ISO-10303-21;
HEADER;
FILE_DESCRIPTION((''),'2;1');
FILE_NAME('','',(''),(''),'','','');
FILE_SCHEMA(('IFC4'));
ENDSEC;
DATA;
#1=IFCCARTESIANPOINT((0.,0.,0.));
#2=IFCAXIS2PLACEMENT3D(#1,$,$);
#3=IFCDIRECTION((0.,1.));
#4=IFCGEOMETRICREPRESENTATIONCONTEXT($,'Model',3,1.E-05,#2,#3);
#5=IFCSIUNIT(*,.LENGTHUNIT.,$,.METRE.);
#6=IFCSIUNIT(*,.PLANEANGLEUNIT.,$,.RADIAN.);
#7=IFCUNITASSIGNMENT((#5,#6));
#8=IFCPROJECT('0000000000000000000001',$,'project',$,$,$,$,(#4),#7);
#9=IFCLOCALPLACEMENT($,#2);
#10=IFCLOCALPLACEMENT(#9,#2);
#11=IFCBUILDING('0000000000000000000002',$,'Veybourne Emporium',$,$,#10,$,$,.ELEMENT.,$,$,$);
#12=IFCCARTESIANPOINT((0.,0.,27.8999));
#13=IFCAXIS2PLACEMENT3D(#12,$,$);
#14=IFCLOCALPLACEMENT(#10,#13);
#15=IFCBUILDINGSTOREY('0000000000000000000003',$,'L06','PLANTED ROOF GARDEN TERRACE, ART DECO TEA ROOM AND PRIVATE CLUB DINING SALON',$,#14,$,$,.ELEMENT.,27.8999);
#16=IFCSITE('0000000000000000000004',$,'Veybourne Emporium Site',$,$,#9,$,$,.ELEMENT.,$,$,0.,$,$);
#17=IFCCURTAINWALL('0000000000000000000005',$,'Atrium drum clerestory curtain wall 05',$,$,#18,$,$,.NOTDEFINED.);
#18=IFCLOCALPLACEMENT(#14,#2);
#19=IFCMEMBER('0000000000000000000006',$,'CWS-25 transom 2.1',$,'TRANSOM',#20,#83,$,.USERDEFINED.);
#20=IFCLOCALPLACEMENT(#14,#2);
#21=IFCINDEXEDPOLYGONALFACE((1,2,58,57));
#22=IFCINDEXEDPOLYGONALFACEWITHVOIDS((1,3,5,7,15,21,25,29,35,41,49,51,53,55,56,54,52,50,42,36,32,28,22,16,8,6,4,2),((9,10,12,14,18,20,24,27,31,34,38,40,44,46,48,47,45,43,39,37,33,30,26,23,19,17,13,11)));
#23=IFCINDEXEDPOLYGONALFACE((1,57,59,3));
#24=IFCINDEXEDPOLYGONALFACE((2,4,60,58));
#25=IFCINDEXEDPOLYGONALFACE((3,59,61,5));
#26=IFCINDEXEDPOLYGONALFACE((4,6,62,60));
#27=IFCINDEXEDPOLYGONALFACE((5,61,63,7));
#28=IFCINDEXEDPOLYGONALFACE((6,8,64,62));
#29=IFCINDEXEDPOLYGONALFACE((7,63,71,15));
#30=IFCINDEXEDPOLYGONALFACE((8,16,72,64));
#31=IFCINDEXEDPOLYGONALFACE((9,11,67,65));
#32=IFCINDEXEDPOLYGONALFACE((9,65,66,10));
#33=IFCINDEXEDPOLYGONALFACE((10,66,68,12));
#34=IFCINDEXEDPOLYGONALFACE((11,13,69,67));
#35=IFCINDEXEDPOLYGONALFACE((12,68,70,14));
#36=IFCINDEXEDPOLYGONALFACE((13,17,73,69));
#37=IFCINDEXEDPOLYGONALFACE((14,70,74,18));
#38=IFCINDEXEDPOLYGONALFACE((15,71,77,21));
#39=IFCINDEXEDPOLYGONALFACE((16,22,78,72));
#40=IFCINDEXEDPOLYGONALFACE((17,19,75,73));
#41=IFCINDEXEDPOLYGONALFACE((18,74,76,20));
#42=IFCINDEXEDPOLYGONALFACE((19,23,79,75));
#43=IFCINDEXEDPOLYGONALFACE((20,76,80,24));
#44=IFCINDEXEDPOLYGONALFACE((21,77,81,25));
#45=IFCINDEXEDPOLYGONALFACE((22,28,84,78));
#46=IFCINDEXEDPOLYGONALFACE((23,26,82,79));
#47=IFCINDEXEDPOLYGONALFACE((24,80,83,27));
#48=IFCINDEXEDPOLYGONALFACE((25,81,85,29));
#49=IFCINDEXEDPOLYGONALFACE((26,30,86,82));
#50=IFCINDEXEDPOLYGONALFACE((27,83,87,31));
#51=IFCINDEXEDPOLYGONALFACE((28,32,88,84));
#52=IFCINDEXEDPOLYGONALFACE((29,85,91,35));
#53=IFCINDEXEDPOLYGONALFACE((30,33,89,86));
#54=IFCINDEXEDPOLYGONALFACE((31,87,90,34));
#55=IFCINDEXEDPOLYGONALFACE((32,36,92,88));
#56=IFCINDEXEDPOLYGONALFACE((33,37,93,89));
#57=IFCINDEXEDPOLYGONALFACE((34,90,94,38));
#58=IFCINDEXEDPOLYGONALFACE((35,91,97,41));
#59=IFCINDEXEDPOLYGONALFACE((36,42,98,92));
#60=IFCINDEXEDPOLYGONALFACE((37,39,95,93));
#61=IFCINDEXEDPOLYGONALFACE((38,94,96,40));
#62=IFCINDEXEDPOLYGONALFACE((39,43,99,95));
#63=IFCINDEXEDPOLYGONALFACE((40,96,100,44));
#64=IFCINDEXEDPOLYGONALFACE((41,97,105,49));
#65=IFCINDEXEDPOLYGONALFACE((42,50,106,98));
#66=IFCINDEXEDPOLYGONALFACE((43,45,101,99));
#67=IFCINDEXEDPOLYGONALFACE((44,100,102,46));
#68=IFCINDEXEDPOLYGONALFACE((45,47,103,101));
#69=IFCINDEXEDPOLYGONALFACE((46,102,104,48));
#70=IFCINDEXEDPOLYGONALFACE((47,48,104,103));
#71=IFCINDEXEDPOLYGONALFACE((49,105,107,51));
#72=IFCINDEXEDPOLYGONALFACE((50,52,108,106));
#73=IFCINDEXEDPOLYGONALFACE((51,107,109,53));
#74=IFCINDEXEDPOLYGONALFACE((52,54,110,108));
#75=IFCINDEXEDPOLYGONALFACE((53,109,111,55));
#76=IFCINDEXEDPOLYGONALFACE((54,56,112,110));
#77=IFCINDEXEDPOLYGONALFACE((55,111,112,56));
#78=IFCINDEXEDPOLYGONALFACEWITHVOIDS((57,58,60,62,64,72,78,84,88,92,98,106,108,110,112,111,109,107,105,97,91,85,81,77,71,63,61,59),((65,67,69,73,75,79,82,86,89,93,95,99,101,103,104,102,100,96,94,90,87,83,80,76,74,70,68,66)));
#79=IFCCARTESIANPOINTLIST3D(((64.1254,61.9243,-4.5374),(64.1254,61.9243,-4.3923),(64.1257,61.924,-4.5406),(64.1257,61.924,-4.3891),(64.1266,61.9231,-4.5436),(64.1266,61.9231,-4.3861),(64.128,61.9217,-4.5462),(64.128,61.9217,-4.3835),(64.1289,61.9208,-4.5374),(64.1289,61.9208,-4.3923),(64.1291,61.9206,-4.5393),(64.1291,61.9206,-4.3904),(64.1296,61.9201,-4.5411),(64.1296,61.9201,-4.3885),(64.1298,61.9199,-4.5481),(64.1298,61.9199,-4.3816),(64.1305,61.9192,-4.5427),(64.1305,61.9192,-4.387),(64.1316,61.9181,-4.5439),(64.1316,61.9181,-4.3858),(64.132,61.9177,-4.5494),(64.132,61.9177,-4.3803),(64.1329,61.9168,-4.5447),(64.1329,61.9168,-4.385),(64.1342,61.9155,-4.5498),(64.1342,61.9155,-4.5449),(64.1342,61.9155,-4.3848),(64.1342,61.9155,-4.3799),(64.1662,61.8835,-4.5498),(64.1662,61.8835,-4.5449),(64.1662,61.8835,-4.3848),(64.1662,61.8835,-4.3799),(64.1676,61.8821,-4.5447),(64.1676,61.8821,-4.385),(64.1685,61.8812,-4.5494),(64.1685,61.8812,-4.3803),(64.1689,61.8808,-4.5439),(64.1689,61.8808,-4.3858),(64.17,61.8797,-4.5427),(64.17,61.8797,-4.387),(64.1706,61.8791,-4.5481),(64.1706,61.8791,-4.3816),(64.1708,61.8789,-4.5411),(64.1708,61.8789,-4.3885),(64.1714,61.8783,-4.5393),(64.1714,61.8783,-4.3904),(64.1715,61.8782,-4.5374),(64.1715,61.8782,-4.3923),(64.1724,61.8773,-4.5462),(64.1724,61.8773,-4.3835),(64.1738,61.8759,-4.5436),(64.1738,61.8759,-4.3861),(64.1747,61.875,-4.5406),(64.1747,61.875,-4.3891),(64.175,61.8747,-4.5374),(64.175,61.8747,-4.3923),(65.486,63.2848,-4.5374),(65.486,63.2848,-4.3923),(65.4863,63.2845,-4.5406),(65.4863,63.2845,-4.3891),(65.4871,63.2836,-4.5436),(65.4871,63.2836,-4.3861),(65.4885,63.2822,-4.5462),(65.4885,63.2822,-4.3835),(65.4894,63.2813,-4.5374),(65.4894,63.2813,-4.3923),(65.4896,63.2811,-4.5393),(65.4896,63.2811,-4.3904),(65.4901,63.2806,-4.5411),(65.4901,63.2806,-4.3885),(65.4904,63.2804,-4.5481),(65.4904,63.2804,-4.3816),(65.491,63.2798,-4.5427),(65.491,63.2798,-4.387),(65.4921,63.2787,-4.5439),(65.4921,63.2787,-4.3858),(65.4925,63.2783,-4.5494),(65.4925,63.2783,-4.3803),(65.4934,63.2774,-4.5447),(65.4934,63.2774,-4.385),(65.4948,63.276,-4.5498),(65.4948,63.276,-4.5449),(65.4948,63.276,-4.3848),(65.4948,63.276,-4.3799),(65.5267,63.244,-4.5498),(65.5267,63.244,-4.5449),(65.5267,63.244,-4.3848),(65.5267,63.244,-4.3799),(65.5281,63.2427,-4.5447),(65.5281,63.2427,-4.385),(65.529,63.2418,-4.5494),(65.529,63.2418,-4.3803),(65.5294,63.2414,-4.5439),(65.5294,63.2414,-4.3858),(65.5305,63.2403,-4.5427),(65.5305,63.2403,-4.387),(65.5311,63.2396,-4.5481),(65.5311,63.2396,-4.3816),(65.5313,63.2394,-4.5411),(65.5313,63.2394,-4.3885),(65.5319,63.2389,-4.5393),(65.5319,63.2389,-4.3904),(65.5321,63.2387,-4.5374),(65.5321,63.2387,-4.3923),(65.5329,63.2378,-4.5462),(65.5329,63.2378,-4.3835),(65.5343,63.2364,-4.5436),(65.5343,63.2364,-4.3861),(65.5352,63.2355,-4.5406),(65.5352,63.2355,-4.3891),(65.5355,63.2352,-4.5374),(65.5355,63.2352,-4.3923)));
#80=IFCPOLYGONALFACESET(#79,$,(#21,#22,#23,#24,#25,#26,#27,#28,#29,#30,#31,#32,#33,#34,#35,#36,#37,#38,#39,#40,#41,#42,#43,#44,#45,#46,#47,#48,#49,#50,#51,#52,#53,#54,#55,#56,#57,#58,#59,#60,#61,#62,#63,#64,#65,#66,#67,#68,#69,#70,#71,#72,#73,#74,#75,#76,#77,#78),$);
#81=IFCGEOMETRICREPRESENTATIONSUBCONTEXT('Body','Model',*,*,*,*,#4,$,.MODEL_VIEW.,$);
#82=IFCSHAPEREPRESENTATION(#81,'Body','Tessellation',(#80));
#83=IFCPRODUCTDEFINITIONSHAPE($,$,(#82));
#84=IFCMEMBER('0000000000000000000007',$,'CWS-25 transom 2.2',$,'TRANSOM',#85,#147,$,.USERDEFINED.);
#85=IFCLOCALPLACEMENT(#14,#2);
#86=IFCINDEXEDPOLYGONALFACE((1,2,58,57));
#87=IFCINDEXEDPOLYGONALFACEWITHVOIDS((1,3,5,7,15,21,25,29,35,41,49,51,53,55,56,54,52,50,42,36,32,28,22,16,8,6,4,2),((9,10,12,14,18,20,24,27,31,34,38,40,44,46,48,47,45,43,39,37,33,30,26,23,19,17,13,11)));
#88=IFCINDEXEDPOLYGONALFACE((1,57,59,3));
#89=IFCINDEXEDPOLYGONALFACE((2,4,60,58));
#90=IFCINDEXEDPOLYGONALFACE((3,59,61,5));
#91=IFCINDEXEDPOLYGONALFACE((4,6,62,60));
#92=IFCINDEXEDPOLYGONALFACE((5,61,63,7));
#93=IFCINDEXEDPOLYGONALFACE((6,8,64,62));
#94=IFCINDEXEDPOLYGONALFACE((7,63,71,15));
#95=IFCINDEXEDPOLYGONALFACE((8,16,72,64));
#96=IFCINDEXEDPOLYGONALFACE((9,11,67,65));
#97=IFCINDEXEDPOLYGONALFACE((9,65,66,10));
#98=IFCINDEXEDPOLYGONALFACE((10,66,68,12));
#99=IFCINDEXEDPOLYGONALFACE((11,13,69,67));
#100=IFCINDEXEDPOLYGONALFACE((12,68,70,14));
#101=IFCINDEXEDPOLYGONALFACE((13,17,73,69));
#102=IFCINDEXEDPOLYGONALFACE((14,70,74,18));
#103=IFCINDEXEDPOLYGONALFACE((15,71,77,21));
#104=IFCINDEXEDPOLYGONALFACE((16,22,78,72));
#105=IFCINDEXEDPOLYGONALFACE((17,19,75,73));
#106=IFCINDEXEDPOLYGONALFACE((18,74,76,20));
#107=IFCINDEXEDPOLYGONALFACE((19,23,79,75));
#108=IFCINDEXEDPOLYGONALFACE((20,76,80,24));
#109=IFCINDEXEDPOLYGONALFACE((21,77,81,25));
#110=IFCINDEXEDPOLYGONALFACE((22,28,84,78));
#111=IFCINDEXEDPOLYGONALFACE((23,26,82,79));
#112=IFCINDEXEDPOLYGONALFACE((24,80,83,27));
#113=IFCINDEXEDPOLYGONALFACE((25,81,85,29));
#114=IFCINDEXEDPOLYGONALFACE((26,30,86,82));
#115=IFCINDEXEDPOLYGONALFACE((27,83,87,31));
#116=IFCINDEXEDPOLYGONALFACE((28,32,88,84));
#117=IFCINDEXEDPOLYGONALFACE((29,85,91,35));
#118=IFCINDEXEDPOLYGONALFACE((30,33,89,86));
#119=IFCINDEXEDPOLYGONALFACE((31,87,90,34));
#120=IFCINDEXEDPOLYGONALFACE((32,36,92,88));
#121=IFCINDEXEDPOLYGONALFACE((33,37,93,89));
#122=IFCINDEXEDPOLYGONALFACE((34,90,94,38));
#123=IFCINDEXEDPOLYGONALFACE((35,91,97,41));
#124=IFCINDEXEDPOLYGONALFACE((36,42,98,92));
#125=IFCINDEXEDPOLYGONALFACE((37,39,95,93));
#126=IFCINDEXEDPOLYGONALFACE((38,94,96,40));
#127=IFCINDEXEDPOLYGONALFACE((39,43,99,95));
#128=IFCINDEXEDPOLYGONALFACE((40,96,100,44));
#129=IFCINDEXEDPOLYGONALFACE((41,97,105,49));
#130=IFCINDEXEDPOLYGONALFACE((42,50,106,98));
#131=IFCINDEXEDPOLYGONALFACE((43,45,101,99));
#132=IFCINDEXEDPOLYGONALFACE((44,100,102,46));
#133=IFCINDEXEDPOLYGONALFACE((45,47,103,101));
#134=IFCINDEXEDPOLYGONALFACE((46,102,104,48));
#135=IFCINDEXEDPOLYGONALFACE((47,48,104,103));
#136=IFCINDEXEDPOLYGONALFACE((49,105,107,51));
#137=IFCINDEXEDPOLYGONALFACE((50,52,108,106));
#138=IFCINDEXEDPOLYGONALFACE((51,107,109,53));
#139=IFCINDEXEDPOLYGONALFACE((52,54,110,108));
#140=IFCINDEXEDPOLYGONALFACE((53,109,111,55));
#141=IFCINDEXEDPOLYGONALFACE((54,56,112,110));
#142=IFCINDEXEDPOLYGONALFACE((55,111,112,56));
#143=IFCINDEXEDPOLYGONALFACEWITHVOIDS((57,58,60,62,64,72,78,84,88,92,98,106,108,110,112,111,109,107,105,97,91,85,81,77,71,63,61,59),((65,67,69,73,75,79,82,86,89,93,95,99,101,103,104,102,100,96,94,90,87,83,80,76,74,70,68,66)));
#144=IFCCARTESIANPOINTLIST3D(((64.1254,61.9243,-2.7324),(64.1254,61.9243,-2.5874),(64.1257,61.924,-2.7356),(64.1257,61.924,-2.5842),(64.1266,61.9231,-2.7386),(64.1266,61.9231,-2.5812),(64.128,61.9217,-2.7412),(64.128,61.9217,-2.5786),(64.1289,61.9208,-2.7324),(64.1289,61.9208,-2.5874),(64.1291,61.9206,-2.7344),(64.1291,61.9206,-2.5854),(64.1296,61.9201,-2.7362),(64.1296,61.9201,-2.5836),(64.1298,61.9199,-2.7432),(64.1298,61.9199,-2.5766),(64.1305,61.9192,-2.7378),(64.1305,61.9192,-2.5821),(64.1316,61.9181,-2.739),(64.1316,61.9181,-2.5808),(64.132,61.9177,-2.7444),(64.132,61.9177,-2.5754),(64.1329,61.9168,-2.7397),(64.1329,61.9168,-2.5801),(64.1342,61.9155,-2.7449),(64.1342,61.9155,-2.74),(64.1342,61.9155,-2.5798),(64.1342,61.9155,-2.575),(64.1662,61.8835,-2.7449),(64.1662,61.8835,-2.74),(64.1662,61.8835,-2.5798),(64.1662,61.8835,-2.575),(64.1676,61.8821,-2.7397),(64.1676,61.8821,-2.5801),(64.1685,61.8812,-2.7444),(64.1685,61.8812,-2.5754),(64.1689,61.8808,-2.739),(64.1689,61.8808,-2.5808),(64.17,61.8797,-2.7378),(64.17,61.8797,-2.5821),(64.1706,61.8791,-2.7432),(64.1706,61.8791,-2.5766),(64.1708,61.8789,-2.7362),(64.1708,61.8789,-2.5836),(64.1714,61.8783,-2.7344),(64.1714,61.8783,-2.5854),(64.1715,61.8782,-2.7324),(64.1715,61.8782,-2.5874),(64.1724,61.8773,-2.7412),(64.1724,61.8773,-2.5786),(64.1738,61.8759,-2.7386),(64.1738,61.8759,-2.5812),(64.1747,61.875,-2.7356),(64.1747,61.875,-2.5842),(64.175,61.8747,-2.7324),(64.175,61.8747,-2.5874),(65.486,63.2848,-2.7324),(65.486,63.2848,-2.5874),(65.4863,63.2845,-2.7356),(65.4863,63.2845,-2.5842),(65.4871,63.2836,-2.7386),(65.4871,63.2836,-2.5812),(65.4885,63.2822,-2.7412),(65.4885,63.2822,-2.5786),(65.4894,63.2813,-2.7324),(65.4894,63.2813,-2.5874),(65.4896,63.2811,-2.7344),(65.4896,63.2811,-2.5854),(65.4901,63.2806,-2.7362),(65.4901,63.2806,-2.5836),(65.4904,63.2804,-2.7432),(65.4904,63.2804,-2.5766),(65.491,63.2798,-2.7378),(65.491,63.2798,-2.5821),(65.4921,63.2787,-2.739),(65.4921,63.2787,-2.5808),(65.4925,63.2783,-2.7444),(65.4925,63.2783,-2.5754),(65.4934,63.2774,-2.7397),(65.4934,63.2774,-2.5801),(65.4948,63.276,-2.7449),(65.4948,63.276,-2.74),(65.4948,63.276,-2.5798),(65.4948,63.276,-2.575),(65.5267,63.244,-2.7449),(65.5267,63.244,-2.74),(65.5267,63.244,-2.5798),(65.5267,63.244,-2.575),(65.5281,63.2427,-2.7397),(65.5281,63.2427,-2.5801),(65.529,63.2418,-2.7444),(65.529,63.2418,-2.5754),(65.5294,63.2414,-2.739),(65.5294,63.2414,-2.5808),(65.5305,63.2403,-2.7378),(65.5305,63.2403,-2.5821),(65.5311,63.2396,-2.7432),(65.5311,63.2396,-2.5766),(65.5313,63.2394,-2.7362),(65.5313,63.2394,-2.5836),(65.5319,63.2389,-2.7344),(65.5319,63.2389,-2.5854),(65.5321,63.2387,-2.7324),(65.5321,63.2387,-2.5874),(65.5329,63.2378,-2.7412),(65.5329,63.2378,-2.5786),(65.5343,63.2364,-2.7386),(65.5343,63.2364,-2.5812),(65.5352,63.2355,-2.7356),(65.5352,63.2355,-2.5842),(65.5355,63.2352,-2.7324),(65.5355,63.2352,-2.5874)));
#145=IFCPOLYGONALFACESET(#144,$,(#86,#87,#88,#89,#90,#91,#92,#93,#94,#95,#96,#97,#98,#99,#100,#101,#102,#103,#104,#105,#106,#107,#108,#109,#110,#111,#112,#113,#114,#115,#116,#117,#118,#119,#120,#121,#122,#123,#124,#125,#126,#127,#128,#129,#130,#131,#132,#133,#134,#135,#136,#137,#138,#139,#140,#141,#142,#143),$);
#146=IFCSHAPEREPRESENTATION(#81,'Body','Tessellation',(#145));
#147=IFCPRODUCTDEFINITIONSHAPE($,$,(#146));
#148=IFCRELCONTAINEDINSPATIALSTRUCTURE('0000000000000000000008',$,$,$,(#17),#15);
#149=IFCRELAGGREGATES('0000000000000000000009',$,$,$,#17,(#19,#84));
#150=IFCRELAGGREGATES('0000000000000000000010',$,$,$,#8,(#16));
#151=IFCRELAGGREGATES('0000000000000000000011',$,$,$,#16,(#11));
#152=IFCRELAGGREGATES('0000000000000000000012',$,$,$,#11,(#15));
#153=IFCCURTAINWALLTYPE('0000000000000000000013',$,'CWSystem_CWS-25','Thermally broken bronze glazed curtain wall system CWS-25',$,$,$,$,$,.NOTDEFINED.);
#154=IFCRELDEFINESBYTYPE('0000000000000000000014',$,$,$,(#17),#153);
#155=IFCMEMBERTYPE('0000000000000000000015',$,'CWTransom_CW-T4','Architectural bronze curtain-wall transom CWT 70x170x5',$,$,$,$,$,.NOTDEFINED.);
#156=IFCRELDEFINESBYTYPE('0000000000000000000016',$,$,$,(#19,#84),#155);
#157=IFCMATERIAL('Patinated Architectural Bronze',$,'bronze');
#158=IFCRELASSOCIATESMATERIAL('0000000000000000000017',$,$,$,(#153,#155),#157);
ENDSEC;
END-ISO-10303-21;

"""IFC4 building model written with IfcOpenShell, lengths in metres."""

from ifc_helpers import new_model, si_unit, direction, frame, origin, origin_2d, place, context, subcontext, project, spatial, hollow_rectangle, extrude, material, material_profile, profile_set, type_object, element, aggregate, save


model = new_model("IFC4")

# Units and contexts
model_context = context("Model", 3, precision=1e-05, world=origin(), true_north=direction((0.0, 1.0)))
body_context = subcontext(model_context, "Body", "Model", "MODEL_VIEW")
ifc_project = project(units=[si_unit("LENGTHUNIT", "METRE"), si_unit("PLANEANGLEUNIT", "RADIAN")], contexts=[model_context])

# Site, building, storey
site_placement = place(None, origin())
site = spatial("IfcSite", under=ifc_project, at=site_placement, Name="Veybourne Emporium Site", CompositionType="ELEMENT", RefElevation=0.0)
building_placement = place(site_placement, origin())
building = spatial("IfcBuilding", under=site, at=building_placement, Name="Veybourne Emporium", CompositionType="ELEMENT")
storey_placement = place(building_placement, frame((0.0, 0.0, 27.8999)))
storey = spatial("IfcBuildingStorey", under=building, at=storey_placement, Name="L06", Description="PLANTED ROOF GARDEN TERRACE, ART DECO TEA ROOM AND PRIVATE CLUB DINING SALON", CompositionType="ELEMENT", Elevation=27.8999)

# Curtain wall
ifc_material_1 = material(Name="Patinated Architectural Bronze", Category="bronze")
curtain_wall_type_1 = type_object("IfcCurtainWallType", Name="CWSystem_CWS-25", Description="Thermally broken bronze glazed curtain wall system CWS-25", PredefinedType="NOTDEFINED", material=ifc_material_1)
curtain_wall_1_placement = place(storey_placement, origin())
curtain_wall_1 = element("IfcCurtainWall", 1, at=curtain_wall_1_placement, inside=storey, type_object=curtain_wall_type_1, Name="Atrium drum clerestory curtain wall 05", PredefinedType="NOTDEFINED")

# Members
ifc_material_profile_1 = material_profile(ifc_material_1, hollow_rectangle(XDim=0.0701, YDim=0.1699, WallThickness=0.0049, InnerFilletRadius=0.0076, OuterFilletRadius=0.0125, at=origin_2d()), Name="CWT 70x170x5")
ifc_profile_set_1 = profile_set([ifc_material_profile_1], Name="Patinated Architectural Bronze")
member_type_1 = type_object("IfcMemberType", Name="CWTransom_CW-T4", Description="Architectural bronze curtain-wall transom CWT 70x170x5", PredefinedType="NOTDEFINED", material=ifc_profile_set_1)
member_1_placement = place(storey_placement, frame((65.5107, 63.26, -4.4648), z_axis=(-0.707107, -0.707107, 0.0), x_axis=(0.707107, -0.707107, 0.0)))
member_1 = element("IfcMember", 2, at=member_1_placement, type_object=member_type_1, Name="CWS-25 transom 2.1", ObjectType="TRANSOM", PredefinedType="USERDEFINED", context=body_context, shape_type="SweptSolid", body=[
    extrude(hollow_rectangle(XDim=0.0701, YDim=0.1699, WallThickness=0.0049, InnerFilletRadius=0.0076, OuterFilletRadius=0.0125, at=origin_2d()), origin(), (0.0, 0.0, 1.0), 1.9241),
])
member_2_placement = place(storey_placement, frame((65.5107, 63.26, -2.6599), z_axis=(-0.707107, -0.707107, 0.0), x_axis=(0.707107, -0.707107, 0.0)))
member_2 = element("IfcMember", 3, at=member_2_placement, type_object=member_type_1, Name="CWS-25 transom 2.2", ObjectType="TRANSOM", PredefinedType="USERDEFINED", context=body_context, shape_type="SweptSolid", body=[
    extrude(hollow_rectangle(XDim=0.0701, YDim=0.1699, WallThickness=0.0049, InnerFilletRadius=0.0076, OuterFilletRadius=0.0125, at=origin_2d()), origin(), (0.0, 0.0, 1.0), 1.9241),
])

aggregate(curtain_wall_1, [member_1, member_2])

save(model, "model.ifc")
